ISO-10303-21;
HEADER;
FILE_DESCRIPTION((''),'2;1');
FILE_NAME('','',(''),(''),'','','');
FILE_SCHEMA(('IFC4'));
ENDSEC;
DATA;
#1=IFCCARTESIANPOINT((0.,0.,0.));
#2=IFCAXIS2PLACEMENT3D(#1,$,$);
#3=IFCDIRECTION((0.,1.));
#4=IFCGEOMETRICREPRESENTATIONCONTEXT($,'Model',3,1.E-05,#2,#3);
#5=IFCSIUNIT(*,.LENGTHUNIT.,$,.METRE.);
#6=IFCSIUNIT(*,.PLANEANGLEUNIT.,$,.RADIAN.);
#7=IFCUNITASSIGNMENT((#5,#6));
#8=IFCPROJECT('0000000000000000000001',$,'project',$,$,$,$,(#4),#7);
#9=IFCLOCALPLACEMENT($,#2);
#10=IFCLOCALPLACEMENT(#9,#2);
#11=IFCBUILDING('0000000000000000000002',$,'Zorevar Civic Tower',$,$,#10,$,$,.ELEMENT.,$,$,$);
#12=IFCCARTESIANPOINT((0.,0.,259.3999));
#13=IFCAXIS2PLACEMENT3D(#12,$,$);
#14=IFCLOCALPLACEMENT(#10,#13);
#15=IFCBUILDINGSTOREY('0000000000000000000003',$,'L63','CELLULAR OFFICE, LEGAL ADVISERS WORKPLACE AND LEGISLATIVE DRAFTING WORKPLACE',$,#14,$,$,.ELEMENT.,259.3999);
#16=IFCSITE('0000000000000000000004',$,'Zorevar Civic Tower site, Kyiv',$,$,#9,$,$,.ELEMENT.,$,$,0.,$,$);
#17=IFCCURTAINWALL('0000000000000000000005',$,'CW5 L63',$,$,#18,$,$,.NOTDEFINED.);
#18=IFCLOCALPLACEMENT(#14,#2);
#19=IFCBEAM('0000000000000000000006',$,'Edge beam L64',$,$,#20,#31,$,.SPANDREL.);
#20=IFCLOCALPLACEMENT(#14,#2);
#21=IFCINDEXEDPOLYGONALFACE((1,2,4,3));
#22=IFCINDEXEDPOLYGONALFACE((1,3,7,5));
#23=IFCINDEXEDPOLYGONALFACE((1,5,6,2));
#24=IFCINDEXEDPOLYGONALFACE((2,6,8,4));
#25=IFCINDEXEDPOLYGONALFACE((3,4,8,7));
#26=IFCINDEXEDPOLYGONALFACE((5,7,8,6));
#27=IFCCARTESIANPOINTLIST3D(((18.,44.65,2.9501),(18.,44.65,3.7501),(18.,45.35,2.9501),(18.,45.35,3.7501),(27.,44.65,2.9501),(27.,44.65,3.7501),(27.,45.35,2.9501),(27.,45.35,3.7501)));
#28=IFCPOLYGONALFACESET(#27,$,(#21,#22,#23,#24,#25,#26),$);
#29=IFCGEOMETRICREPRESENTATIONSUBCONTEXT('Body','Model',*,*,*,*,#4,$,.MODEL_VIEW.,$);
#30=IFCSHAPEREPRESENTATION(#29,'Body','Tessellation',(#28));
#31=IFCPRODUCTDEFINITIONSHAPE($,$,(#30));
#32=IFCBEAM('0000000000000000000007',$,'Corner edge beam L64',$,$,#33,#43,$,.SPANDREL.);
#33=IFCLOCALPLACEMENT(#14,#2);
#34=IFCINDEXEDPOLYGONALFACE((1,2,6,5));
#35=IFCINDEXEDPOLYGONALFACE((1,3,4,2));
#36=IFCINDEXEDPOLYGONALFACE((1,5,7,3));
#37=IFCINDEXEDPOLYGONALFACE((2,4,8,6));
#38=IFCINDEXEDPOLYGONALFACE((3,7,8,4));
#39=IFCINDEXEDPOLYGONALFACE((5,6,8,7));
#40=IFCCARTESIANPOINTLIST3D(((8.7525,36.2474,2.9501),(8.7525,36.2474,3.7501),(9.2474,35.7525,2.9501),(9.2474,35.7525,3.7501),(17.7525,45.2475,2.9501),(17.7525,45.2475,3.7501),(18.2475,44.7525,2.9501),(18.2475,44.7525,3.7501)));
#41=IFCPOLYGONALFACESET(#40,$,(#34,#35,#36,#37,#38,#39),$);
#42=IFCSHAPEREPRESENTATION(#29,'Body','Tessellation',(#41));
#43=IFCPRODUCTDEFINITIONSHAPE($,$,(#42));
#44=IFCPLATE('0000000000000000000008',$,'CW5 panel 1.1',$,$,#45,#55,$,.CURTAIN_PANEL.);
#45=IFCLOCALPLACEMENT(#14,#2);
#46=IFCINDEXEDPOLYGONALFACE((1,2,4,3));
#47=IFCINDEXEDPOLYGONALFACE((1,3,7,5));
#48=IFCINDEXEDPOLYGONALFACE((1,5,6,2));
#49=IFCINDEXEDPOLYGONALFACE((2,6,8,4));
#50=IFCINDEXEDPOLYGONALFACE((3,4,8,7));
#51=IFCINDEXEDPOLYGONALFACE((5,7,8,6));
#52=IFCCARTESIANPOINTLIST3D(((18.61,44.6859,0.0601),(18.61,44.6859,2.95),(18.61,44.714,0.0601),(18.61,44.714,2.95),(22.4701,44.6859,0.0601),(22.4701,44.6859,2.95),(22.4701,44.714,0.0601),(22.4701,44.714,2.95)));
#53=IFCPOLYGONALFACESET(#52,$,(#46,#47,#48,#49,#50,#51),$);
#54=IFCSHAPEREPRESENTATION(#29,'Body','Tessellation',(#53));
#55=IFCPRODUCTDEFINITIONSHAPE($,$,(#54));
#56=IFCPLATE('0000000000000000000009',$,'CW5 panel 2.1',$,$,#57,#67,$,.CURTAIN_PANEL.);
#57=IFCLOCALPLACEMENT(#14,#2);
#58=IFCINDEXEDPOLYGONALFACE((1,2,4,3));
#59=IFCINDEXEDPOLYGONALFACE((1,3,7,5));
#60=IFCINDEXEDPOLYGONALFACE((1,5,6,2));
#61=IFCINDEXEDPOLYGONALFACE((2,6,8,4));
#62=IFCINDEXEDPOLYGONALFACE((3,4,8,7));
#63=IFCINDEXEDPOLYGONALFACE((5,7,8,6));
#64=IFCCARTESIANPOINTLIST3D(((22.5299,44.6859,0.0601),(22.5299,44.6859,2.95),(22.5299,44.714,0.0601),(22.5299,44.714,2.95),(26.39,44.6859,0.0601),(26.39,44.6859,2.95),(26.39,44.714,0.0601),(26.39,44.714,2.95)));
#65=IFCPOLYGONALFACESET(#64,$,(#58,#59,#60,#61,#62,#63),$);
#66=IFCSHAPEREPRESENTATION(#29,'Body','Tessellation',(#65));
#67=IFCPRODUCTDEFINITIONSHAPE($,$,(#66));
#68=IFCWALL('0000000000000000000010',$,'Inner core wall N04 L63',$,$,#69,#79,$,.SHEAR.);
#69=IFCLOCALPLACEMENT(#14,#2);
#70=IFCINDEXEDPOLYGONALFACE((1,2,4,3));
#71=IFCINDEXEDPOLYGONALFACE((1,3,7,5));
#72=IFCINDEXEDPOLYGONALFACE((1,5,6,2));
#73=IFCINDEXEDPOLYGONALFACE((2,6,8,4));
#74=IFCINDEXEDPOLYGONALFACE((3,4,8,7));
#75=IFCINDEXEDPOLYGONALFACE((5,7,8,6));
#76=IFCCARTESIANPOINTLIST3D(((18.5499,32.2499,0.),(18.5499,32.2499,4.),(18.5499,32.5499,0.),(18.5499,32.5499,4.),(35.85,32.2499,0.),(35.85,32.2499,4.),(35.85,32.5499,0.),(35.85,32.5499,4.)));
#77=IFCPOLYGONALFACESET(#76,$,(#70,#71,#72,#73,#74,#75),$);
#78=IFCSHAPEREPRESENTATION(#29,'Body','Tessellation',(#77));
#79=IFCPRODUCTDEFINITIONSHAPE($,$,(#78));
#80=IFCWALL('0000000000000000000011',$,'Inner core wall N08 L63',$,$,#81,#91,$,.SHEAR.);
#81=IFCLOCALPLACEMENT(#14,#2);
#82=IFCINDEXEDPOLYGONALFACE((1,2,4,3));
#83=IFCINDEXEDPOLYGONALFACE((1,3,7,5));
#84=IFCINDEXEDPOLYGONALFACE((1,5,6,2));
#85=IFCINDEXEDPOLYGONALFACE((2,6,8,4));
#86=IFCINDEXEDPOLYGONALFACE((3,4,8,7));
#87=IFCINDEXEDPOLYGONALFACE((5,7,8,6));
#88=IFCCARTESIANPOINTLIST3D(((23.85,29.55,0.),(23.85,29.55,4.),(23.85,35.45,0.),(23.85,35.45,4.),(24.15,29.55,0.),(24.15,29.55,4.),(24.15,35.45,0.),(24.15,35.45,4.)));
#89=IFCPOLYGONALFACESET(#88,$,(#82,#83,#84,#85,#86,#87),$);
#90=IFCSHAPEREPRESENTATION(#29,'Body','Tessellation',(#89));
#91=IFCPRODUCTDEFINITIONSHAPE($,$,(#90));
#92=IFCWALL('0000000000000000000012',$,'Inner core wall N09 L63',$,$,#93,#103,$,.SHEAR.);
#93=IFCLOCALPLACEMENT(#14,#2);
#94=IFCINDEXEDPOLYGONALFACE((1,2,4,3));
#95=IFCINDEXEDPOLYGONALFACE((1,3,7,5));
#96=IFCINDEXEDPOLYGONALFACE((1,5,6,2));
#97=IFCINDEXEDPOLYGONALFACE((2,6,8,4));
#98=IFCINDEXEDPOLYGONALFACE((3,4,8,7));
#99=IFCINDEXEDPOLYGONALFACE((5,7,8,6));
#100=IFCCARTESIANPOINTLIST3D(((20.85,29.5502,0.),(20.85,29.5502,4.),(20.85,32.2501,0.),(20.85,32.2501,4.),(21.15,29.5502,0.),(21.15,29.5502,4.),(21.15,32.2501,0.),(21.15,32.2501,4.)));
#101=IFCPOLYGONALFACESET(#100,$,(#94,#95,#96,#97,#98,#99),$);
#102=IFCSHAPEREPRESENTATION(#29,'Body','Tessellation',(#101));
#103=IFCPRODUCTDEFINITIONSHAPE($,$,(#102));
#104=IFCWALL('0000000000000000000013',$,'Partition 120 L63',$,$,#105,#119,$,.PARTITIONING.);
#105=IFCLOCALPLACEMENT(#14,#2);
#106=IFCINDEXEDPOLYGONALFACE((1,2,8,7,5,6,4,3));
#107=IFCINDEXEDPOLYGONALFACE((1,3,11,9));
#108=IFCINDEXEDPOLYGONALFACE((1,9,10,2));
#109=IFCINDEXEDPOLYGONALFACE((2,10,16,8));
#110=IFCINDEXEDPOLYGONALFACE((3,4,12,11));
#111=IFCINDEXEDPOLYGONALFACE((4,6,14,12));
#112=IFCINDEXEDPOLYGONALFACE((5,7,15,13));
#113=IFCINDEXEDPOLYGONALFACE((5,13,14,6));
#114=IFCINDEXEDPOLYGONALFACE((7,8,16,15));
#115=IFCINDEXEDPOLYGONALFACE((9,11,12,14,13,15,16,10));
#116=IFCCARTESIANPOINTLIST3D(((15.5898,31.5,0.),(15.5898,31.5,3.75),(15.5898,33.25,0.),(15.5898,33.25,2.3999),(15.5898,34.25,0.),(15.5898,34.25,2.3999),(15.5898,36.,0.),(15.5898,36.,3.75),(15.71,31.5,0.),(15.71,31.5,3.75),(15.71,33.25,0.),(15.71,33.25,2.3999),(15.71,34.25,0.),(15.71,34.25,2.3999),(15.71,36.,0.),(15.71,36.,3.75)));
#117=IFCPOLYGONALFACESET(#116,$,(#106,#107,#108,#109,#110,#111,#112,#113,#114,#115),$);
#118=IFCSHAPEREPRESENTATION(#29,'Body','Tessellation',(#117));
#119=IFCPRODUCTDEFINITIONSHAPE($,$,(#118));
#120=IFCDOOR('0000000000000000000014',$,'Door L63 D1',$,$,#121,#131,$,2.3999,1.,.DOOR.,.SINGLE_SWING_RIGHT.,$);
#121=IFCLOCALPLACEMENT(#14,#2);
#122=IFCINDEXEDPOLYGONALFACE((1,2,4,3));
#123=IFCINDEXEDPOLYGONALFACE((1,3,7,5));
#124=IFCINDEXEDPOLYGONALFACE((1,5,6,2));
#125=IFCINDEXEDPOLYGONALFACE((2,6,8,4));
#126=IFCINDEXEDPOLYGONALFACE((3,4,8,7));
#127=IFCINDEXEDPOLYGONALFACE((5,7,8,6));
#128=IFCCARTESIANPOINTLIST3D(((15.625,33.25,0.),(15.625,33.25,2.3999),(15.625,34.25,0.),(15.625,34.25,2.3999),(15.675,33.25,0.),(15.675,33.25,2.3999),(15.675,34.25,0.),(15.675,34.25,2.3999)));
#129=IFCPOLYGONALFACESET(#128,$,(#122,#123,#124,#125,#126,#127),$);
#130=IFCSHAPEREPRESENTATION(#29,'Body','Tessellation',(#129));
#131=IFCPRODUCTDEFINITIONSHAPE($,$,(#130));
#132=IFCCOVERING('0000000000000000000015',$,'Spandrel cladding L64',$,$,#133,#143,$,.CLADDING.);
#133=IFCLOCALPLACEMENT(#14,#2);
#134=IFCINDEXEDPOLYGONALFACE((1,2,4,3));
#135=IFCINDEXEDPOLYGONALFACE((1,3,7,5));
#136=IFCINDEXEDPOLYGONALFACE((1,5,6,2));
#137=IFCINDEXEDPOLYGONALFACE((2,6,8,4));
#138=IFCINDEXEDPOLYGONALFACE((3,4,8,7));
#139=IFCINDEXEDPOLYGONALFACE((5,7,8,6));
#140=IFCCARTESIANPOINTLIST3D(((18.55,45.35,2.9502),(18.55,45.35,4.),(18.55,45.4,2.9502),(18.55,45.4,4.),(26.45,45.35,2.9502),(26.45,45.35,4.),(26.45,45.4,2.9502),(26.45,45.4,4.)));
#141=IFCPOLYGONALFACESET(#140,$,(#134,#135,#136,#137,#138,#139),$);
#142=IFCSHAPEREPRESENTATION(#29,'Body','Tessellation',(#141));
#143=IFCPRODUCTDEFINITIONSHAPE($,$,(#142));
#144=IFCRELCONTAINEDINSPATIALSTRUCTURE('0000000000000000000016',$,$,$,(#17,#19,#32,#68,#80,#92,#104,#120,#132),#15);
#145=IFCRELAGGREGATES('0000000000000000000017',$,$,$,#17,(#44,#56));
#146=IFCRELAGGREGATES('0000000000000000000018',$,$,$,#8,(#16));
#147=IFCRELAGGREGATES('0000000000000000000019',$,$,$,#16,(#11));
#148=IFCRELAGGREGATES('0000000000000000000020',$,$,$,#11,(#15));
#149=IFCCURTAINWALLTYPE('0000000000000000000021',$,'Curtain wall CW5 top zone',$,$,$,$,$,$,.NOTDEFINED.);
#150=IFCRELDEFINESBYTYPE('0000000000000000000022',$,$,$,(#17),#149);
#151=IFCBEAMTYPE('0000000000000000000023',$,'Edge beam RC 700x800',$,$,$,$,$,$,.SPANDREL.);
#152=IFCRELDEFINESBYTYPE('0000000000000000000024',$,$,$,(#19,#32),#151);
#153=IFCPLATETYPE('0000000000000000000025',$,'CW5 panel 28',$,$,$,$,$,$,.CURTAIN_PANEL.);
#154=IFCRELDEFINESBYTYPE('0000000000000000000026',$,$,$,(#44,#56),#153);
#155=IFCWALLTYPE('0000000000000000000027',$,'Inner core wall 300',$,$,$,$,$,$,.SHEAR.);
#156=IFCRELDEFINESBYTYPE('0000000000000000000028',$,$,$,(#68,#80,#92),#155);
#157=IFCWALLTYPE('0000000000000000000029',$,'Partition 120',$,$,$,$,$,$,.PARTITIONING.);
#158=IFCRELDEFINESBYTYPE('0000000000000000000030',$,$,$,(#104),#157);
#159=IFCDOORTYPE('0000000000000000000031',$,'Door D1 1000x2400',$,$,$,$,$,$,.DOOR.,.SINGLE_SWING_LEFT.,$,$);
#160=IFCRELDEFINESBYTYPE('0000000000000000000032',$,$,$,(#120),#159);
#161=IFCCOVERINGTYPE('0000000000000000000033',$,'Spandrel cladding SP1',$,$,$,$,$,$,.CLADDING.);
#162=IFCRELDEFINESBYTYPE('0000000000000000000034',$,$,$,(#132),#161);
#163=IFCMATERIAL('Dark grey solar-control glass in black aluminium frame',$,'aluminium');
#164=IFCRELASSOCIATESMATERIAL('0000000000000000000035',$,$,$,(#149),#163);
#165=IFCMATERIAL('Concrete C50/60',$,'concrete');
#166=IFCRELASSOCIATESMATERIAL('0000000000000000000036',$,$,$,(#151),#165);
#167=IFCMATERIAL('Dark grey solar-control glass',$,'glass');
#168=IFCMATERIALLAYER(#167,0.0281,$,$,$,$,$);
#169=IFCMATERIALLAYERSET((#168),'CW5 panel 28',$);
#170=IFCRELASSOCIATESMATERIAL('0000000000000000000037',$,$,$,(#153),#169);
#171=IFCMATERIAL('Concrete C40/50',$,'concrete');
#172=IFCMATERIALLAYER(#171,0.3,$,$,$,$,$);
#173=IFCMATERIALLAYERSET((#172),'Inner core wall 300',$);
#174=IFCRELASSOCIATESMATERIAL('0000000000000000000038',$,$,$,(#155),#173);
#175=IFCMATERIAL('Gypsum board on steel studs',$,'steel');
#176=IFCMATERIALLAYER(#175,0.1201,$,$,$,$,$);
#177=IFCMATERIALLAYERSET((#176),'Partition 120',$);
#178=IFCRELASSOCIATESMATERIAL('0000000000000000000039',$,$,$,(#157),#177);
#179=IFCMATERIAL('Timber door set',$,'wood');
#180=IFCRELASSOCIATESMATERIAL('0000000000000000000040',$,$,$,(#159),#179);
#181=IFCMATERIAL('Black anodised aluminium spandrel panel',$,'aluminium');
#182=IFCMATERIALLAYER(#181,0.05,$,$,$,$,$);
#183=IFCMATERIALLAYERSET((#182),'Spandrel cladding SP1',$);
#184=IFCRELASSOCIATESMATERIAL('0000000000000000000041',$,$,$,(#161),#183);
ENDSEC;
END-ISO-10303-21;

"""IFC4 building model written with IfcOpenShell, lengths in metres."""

from ifc_helpers import new_model, si_unit, direction, frame, frame_2d, origin, origin_2d, place, context, subcontext, project, spatial, rectangle, extrude, material, layer, layer_set, material_profile, profile_set, type_object, element, fill, aggregate, save


model = new_model("IFC4")

# Units and contexts
model_context = context("Model", 3, precision=1e-05, world=origin(), true_north=direction((0.0, 1.0)))
body_context = subcontext(model_context, "Body", "Model", "MODEL_VIEW")
ifc_project = project(units=[si_unit("LENGTHUNIT", "METRE"), si_unit("PLANEANGLEUNIT", "RADIAN")], contexts=[model_context])

# Site, building, storey
site_placement = place(None, origin())
site = spatial("IfcSite", under=ifc_project, at=site_placement, Name="Zorevar Civic Tower site, Kyiv", CompositionType="ELEMENT", RefElevation=0.0)
building_placement = place(site_placement, origin())
building = spatial("IfcBuilding", under=site, at=building_placement, Name="Zorevar Civic Tower", CompositionType="ELEMENT")
storey_placement = place(building_placement, frame((0.0, 0.0, 259.3999)))
storey = spatial("IfcBuildingStorey", under=building, at=storey_placement, Name="L63", Description="CELLULAR OFFICE, LEGAL ADVISERS WORKPLACE AND LEGISLATIVE DRAFTING WORKPLACE", CompositionType="ELEMENT", Elevation=259.3999)

# Curtain wall
ifc_material_1 = material(Name="Dark grey solar-control glass in black aluminium frame", Category="aluminium")
curtain_wall_type = type_object("IfcCurtainWallType", Name="Curtain wall CW5 top zone", PredefinedType="NOTDEFINED", material=ifc_material_1)
curtain_wall_1_placement = place(storey_placement, origin())
curtain_wall_1 = element("IfcCurtainWall", 1, at=curtain_wall_1_placement, inside=storey, type_object=curtain_wall_type, Name="CW5 L63", PredefinedType="NOTDEFINED")

# Beams
ifc_material_2 = material(Name="Concrete C50/60", Category="concrete")
ifc_material_profile_1 = material_profile(ifc_material_2, rectangle(XDim=0.7, YDim=0.8, at=origin_2d()), Name="RC 700x800")
ifc_profile_set_1 = profile_set([ifc_material_profile_1], Name="Concrete C50/60")
beam_type_1 = type_object("IfcBeamType", Name="Edge beam RC 700x800", PredefinedType="SPANDREL", material=ifc_profile_set_1)
beam_1_placement = place(storey_placement, frame((18.0, 45.0, 3.3501), z_axis=(1.0, 0.0, 0.0), x_axis=(0.0, 1.0, 0.0)))
element("IfcBeam", 2, at=beam_1_placement, inside=storey, type_object=beam_type_1, Name="Edge beam L64", PredefinedType="SPANDREL", context=body_context, shape_type="SweptSolid", body=[
    extrude(rectangle(XDim=0.7, YDim=0.8, at=origin_2d()), origin(), (0.0, 0.0, 1.0), 9.0),
])
beam_2_placement = place(storey_placement, frame((18.0, 45.0, 3.3501), z_axis=(-0.707107, -0.707107, 0.0), x_axis=(0.707107, -0.707107, 0.0)))
element("IfcBeam", 3, at=beam_2_placement, inside=storey, type_object=beam_type_1, Name="Corner edge beam L64", PredefinedType="SPANDREL", context=body_context, shape_type="SweptSolid", body=[
    extrude(rectangle(XDim=0.7, YDim=0.8, at=origin_2d()), origin(), (0.0, 0.0, 1.0), 12.728),
])

# Plates
ifc_material_3 = material(Name="Dark grey solar-control glass", Category="glass")
ifc_layer_1 = layer(ifc_material_3, 0.0281)
ifc_layer_set_1 = layer_set([ifc_layer_1], Name="CW5 panel 28")
plate_type = type_object("IfcPlateType", Name="CW5 panel 28", PredefinedType="CURTAIN_PANEL", material=ifc_layer_set_1)
plate_1_placement = place(storey_placement, frame((20.54, 44.7, 0.0601), z_axis=(0.0, 0.0, 1.0), x_axis=(1.0, 0.0, 0.0)))
plate_1 = element("IfcPlate", 4, at=plate_1_placement, type_object=plate_type, Name="CW5 panel 1.1", PredefinedType="CURTAIN_PANEL", context=body_context, shape_type="SweptSolid", body=[
    extrude(rectangle(XDim=3.8601, YDim=0.0281, at=origin_2d()), origin(), (0.0, 0.0, 1.0), 2.8899),
])
plate_2_placement = place(storey_placement, frame((24.46, 44.7, 0.0601), z_axis=(0.0, 0.0, 1.0), x_axis=(1.0, 0.0, 0.0)))
plate_2 = element("IfcPlate", 5, at=plate_2_placement, type_object=plate_type, Name="CW5 panel 2.1", PredefinedType="CURTAIN_PANEL", context=body_context, shape_type="SweptSolid", body=[
    extrude(rectangle(XDim=3.8601, YDim=0.0281, at=origin_2d()), origin(), (0.0, 0.0, 1.0), 2.8899),
])
aggregate(curtain_wall_1, [plate_1, plate_2])

# Walls
ifc_material_4 = material(Name="Concrete C40/50", Category="concrete")
ifc_layer_2 = layer(ifc_material_4, 0.3)
ifc_layer_set_2 = layer_set([ifc_layer_2], Name="Inner core wall 300")
wall_type_1 = type_object("IfcWallType", Name="Inner core wall 300", PredefinedType="SHEAR", material=ifc_layer_set_2)
wall_1_placement = place(storey_placement, frame((18.55, 32.3999, 0.0), z_axis=(0.0, 0.0, 1.0), x_axis=(1.0, 0.0, 0.0)))
element("IfcWall", 6, at=wall_1_placement, inside=storey, type_object=wall_type_1, Name="Inner core wall N04 L63", PredefinedType="SHEAR", context=body_context, shape_type="SweptSolid", body=[
    extrude(rectangle(XDim=17.3, YDim=0.3, at=frame_2d((8.6499, 0.0))), origin(), (0.0, 0.0, 1.0), 4.0),
])
wall_2_placement = place(storey_placement, frame((24.0, 29.55, 0.0), z_axis=(0.0, 0.0, 1.0), x_axis=(0.0, 1.0, 0.0)))
element("IfcWall", 7, at=wall_2_placement, inside=storey, type_object=wall_type_1, Name="Inner core wall N08 L63", PredefinedType="SHEAR", context=body_context, shape_type="SweptSolid", body=[
    extrude(rectangle(XDim=5.8999, YDim=0.3, at=frame_2d((2.95, 0.0))), origin(), (0.0, 0.0, 1.0), 4.0),
])
wall_3_placement = place(storey_placement, frame((21.0, 29.55, 0.0), z_axis=(0.0, 0.0, 1.0), x_axis=(0.0, 1.0, 0.0)))
element("IfcWall", 8, at=wall_3_placement, inside=storey, type_object=wall_type_1, Name="Inner core wall N09 L63", PredefinedType="SHEAR", context=body_context, shape_type="SweptSolid", body=[
    extrude(rectangle(XDim=2.7, YDim=0.3, at=frame_2d((1.3501, 0.0))), origin(), (0.0, 0.0, 1.0), 4.0),
])

# Wall, opening, door
ifc_material_5 = material(Name="Gypsum board on steel studs", Category="steel")
ifc_layer_3 = layer(ifc_material_5, 0.1201)
ifc_layer_set_3 = layer_set([ifc_layer_3], Name="Partition 120")
wall_type_2 = type_object("IfcWallType", Name="Partition 120", PredefinedType="PARTITIONING", material=ifc_layer_set_3)
wall_4_placement = place(storey_placement, frame((15.6499, 31.5, 0.0), z_axis=(0.0, 0.0, 1.0), x_axis=(0.0, 1.0, 0.0)))
wall_4 = element("IfcWall", 9, at=wall_4_placement, inside=storey, type_object=wall_type_2, Name="Partition 120 L63", PredefinedType="PARTITIONING", context=body_context, shape_type="SweptSolid", body=[
    extrude(rectangle(XDim=4.5, YDim=0.1201, at=frame_2d((2.25, 0.0))), origin(), (0.0, 0.0, 1.0), 3.75),
])
opening_1_placement = place(wall_4_placement, frame((1.75, 0.0, 0.0)))
opening_1 = element("IfcOpeningElement", 10, at=opening_1_placement, cuts=wall_4, PredefinedType="OPENING", context=body_context, shape_type="SweptSolid", body=[
    extrude(rectangle(XDim=1.0, YDim=2.3999, at=frame_2d((0.5, 1.2))), frame((0.0, 0.0701, 0.0), z_axis=(0.0, -1.0, 0.0), x_axis=(1.0, 0.0, 0.0)), (0.0, 0.0, 1.0), 0.1401),
])
ifc_material_6 = material(Name="Timber door set", Category="wood")
door_type_1 = type_object("IfcDoorType", Name="Door D1 1000x2400", OperationType="SINGLE_SWING_LEFT", PredefinedType="DOOR", material=ifc_material_6)
door_1_placement = place(opening_1_placement, origin())
door_1 = element("IfcDoor", 11, at=door_1_placement, inside=storey, type_object=door_type_1, Name="Door L63 D1", OperationType="SINGLE_SWING_RIGHT", OverallHeight=2.3999, OverallWidth=1.0, PredefinedType="DOOR", context=body_context, shape_type="SweptSolid", body=[
    extrude(rectangle(XDim=1.0, YDim=2.3999, at=frame_2d((0.5, 1.2))), frame((0.0, 0.0249, 0.0), z_axis=(0.0, -1.0, 0.0), x_axis=(1.0, 0.0, 0.0)), (0.0, 0.0, 1.0), 0.05),
])
fill(opening_1, door_1)

# Covering
ifc_material_7 = material(Name="Black anodised aluminium spandrel panel", Category="aluminium")
ifc_layer_4 = layer(ifc_material_7, 0.05)
ifc_layer_set_4 = layer_set([ifc_layer_4], Name="Spandrel cladding SP1")
covering_type = type_object("IfcCoveringType", Name="Spandrel cladding SP1", PredefinedType="CLADDING", material=ifc_layer_set_4)
covering_placement = place(storey_placement, frame((18.55, 45.375, 2.9502), z_axis=(0.0, 0.0, 1.0), x_axis=(1.0, 0.0, 0.0)))
element("IfcCovering", 12, at=covering_placement, inside=storey, type_object=covering_type, Name="Spandrel cladding L64", PredefinedType="CLADDING", context=body_context, shape_type="SweptSolid", body=[
    extrude(rectangle(XDim=7.8999, YDim=0.05, at=frame_2d((3.95, 0.0))), origin(), (0.0, 0.0, 1.0), 1.0498),
])

save(model, "model.ifc")
